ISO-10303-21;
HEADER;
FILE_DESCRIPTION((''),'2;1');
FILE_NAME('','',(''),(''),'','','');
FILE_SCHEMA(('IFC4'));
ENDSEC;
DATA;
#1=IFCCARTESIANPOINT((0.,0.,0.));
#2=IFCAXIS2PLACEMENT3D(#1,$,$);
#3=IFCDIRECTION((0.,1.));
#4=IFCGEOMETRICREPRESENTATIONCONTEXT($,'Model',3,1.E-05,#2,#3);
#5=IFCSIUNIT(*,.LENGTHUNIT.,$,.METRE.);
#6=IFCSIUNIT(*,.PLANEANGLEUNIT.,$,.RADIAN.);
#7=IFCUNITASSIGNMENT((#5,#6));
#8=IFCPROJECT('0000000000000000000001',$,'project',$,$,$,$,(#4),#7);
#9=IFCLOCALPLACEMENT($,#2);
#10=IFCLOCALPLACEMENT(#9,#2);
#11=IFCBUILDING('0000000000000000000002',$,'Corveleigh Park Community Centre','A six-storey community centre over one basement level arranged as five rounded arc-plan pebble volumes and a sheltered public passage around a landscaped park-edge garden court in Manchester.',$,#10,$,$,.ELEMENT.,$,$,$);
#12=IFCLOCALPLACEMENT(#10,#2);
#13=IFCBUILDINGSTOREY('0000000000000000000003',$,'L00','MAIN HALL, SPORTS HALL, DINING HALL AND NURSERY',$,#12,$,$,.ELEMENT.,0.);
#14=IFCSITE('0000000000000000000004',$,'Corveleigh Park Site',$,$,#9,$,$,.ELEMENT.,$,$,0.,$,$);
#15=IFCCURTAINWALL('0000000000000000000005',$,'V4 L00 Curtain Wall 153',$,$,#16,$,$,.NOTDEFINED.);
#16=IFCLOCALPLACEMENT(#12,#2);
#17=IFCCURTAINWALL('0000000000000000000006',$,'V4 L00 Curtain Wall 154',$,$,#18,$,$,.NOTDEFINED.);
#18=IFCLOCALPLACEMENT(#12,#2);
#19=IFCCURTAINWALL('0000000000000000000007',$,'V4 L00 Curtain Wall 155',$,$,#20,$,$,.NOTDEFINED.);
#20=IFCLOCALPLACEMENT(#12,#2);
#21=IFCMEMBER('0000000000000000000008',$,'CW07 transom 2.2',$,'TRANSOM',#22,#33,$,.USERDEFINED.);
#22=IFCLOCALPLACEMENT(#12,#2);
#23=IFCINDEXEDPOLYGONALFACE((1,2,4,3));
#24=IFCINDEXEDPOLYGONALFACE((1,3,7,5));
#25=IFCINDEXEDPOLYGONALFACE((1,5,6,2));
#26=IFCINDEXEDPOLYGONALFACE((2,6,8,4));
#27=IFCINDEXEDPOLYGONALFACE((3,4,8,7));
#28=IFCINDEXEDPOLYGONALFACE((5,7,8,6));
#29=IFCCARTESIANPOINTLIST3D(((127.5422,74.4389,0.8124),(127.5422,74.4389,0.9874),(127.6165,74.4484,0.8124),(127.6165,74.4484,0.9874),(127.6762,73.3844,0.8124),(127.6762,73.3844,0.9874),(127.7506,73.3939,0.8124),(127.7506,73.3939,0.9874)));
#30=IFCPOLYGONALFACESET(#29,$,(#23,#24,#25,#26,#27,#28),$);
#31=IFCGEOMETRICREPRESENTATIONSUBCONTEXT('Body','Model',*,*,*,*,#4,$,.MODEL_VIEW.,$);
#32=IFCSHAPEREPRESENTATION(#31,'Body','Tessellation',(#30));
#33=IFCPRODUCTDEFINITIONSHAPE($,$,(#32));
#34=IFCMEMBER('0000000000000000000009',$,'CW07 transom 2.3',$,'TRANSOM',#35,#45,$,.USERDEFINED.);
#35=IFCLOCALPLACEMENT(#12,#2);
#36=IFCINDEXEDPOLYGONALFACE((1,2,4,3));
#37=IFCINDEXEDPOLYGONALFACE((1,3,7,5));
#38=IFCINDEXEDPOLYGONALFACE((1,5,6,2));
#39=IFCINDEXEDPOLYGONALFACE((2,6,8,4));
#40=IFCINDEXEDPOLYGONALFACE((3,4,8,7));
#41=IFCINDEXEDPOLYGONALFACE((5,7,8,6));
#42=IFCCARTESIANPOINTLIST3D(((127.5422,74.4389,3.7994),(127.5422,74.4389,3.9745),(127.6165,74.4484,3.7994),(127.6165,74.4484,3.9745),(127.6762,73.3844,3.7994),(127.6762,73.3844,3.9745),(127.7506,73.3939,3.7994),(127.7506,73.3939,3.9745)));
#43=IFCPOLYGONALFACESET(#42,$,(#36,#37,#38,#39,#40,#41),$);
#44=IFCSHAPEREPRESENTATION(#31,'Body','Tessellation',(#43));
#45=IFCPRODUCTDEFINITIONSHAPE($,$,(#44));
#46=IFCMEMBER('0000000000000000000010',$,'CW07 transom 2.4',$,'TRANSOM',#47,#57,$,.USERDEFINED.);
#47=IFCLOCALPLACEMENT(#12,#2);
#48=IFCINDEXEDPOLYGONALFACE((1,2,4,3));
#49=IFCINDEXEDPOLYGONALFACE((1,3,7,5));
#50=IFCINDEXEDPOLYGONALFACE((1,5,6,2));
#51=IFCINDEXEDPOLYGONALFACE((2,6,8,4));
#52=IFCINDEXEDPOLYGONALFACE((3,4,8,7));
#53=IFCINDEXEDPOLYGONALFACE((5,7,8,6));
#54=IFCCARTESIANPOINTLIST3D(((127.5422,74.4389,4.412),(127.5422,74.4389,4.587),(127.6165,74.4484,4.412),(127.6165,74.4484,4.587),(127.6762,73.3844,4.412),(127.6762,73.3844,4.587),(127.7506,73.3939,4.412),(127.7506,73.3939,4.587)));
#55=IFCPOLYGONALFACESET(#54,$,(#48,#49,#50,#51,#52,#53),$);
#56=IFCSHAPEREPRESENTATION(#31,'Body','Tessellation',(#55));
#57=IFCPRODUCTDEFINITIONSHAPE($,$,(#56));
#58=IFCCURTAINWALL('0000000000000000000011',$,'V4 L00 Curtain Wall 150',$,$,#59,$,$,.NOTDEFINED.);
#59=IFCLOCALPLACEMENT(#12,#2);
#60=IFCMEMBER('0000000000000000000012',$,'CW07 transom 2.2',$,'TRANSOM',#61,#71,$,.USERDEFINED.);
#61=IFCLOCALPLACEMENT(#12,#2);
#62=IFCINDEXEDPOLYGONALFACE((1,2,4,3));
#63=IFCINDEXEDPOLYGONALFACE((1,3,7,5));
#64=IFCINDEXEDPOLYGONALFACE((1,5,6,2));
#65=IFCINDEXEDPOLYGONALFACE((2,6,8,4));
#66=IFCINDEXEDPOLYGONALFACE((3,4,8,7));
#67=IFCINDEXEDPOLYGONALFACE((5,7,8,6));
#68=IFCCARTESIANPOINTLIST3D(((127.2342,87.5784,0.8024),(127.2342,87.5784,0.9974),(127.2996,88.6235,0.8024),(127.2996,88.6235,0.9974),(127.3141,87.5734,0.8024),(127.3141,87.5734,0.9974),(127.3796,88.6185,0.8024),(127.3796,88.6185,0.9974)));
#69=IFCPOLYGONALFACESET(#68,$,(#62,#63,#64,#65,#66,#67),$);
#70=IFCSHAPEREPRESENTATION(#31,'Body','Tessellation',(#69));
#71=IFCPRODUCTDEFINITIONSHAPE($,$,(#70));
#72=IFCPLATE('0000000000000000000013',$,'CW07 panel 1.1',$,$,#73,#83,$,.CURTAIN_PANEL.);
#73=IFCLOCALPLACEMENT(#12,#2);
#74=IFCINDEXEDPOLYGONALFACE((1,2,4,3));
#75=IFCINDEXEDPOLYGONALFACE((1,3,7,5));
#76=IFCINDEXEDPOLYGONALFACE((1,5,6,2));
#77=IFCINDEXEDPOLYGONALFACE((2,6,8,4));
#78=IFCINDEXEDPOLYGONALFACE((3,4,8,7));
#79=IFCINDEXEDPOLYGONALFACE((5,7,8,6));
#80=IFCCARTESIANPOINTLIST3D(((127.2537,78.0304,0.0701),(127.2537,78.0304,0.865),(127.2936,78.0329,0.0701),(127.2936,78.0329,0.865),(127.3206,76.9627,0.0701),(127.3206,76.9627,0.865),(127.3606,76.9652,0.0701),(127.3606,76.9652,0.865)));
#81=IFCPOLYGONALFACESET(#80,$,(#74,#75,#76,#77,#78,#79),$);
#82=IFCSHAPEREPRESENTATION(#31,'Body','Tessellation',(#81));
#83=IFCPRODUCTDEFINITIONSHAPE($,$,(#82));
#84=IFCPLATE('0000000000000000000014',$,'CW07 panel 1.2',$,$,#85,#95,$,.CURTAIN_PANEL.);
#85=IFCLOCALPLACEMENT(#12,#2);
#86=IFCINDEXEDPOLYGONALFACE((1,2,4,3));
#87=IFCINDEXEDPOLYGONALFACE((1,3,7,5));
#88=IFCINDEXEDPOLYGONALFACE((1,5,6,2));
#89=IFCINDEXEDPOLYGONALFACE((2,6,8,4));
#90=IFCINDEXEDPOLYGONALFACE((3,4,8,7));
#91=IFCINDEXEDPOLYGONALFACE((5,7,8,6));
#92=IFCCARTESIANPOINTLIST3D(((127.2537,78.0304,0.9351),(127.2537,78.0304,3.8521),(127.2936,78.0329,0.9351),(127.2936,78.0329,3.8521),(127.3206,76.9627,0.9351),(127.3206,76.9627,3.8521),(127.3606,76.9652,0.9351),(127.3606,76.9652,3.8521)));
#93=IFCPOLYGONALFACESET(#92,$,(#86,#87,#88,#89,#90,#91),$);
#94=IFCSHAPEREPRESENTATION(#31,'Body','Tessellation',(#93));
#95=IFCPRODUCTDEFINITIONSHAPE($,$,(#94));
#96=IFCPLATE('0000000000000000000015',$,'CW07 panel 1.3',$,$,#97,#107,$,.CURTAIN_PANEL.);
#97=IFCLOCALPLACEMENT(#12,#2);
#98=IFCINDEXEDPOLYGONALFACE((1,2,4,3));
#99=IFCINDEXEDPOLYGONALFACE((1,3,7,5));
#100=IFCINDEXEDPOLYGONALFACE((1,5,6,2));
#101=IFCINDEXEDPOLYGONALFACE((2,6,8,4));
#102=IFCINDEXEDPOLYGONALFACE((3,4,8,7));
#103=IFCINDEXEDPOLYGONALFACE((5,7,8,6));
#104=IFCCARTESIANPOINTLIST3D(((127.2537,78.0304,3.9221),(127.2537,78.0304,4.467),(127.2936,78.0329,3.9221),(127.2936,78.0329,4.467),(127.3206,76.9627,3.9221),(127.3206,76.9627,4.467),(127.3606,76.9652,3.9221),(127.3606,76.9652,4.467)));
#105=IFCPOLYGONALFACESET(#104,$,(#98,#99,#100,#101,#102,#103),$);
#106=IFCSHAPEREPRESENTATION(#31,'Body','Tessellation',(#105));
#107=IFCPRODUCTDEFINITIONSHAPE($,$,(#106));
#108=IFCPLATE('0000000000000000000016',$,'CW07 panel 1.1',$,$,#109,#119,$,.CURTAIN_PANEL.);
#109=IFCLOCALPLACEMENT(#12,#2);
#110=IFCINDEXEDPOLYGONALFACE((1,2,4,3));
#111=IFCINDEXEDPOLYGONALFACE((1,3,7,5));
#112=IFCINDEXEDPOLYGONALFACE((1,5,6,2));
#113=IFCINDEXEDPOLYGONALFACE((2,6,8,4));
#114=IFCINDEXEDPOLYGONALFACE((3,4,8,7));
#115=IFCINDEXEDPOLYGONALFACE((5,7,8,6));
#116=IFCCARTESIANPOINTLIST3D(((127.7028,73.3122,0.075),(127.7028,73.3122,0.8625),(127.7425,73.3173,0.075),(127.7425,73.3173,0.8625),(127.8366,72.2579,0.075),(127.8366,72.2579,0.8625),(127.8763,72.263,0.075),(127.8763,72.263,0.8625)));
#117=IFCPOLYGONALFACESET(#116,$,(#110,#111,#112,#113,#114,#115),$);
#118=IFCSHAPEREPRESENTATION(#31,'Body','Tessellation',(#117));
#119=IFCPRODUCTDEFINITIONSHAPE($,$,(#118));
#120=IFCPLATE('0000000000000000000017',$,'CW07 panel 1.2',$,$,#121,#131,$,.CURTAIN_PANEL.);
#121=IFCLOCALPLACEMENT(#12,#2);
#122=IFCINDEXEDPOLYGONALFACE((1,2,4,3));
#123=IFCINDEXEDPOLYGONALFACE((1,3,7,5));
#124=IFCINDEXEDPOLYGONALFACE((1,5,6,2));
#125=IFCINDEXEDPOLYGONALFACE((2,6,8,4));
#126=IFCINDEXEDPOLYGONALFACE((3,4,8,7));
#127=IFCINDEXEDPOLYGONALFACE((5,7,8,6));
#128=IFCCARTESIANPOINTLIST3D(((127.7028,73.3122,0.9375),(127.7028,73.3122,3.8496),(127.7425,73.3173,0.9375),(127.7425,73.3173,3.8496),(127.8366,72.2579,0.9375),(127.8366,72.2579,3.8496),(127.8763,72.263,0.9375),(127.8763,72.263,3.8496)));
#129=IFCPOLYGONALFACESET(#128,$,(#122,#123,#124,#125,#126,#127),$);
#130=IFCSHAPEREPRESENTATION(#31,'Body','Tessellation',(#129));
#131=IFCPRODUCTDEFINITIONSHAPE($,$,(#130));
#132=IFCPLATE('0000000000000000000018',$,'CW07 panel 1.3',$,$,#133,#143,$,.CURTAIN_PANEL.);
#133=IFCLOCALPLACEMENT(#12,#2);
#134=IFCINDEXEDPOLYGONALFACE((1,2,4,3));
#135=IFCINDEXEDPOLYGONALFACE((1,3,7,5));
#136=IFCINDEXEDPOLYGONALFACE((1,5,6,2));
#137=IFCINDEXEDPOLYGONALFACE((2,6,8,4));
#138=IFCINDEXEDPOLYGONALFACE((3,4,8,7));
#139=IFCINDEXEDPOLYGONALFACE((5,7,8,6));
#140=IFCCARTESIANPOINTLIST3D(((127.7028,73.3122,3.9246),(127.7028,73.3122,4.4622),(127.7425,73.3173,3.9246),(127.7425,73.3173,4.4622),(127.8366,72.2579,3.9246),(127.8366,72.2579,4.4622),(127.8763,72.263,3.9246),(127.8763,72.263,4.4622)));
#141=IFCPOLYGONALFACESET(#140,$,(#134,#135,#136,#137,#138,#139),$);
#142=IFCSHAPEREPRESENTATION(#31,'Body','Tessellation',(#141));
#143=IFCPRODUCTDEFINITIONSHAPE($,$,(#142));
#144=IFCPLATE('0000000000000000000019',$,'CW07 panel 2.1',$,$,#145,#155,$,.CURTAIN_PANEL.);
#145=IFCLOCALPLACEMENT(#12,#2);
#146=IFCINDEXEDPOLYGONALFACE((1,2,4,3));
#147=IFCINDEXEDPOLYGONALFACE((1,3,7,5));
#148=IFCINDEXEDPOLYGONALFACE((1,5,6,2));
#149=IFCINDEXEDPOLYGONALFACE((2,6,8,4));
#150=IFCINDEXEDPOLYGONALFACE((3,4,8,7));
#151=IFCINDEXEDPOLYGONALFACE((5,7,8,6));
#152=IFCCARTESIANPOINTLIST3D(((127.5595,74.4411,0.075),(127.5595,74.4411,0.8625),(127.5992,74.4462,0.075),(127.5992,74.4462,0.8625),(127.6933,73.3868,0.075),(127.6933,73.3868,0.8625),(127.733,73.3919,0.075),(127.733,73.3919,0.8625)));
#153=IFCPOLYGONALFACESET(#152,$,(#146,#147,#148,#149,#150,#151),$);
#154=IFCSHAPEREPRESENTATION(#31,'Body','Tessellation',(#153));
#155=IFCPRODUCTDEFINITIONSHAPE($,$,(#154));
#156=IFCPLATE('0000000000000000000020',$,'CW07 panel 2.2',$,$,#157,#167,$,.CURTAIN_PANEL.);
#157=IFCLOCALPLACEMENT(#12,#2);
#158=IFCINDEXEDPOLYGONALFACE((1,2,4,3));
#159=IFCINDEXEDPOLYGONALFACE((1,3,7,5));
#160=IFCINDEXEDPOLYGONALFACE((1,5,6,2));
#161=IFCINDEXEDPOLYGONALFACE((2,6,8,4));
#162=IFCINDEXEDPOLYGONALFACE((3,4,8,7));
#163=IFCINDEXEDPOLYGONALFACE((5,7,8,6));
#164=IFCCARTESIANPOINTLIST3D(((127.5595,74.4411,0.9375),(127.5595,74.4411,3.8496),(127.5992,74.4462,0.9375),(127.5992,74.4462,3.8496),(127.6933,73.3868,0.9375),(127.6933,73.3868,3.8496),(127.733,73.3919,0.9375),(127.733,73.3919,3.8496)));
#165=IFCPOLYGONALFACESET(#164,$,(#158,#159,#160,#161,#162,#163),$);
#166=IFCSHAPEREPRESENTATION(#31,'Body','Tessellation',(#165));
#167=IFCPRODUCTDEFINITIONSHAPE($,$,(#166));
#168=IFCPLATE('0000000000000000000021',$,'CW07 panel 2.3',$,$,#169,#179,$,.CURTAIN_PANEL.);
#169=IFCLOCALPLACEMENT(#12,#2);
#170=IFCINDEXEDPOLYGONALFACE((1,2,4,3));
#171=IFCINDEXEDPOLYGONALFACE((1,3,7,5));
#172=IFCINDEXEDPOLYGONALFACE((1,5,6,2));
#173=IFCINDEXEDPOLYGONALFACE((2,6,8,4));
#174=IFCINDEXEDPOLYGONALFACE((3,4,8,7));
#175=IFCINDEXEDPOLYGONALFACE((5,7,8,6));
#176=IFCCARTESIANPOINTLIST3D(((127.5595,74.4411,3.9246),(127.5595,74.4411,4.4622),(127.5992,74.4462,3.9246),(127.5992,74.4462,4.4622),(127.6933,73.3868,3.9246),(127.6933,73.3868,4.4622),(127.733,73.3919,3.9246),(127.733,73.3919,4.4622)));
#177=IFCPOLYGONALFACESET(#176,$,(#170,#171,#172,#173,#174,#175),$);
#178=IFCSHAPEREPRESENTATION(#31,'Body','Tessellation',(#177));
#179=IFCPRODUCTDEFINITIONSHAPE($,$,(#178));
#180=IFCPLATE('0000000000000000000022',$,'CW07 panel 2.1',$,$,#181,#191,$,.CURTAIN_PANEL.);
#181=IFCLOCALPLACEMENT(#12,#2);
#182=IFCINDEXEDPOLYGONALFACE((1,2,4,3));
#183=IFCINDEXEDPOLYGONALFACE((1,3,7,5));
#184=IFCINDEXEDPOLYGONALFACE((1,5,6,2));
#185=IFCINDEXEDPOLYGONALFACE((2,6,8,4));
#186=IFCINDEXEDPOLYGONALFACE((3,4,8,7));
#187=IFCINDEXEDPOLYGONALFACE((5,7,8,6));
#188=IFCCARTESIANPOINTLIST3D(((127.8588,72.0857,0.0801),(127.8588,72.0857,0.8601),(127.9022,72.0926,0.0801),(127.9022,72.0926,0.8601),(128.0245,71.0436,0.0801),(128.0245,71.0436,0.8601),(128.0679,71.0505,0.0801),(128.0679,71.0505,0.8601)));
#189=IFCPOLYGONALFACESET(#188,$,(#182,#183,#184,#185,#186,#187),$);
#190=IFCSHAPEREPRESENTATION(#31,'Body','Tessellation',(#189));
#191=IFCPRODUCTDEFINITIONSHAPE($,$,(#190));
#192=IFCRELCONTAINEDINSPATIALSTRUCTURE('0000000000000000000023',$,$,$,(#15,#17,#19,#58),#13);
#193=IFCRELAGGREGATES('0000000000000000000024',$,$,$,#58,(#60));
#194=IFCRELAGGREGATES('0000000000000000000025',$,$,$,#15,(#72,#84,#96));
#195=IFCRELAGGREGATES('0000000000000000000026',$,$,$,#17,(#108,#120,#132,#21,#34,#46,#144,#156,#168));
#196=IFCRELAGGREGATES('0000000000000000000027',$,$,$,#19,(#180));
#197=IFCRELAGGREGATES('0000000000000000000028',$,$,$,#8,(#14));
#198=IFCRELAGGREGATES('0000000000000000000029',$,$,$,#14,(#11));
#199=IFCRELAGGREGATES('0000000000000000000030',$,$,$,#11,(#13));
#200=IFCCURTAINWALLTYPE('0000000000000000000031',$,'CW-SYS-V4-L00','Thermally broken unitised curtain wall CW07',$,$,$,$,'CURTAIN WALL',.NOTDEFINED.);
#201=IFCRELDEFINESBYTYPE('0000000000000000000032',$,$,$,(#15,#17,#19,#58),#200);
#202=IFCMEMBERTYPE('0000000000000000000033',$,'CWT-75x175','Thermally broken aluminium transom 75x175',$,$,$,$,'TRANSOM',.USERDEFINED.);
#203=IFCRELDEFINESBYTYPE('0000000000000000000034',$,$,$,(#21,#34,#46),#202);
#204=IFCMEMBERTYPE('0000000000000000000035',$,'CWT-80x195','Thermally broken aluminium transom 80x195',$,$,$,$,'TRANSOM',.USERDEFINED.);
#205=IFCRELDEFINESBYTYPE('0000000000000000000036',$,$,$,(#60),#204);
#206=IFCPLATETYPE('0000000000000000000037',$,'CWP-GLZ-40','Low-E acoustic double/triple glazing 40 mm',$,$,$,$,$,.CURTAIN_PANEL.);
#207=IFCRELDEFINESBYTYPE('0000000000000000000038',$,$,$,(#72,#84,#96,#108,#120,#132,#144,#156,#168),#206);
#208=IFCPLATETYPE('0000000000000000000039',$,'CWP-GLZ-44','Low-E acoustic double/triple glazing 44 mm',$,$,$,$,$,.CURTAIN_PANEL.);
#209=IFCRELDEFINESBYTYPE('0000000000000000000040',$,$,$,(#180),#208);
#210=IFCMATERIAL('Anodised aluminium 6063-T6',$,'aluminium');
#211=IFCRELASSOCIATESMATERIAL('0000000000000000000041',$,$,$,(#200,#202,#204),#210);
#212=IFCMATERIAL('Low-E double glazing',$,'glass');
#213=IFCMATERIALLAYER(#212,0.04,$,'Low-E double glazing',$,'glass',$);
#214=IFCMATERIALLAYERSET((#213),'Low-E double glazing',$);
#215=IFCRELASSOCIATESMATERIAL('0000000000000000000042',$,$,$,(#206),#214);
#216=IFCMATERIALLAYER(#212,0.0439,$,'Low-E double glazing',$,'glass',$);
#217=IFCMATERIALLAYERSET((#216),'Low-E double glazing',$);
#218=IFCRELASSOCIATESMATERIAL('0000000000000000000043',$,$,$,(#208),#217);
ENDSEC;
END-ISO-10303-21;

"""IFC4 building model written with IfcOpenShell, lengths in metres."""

from ifc_helpers import new_model, si_unit, direction, frame, origin, origin_2d, place, context, subcontext, project, spatial, rectangle, extrude, material, layer, layer_set, material_profile, profile_set, type_object, element, aggregate, save


model = new_model("IFC4")

# Units and contexts
model_context = context("Model", 3, precision=1e-05, world=origin(), true_north=direction((0.0, 1.0)))
body_context = subcontext(model_context, "Body", "Model", "MODEL_VIEW")
ifc_project = project(units=[si_unit("LENGTHUNIT", "METRE"), si_unit("PLANEANGLEUNIT", "RADIAN")], contexts=[model_context])

# Site, building, storey
site_placement = place(None, origin())
site = spatial("IfcSite", under=ifc_project, at=site_placement, Name="Corveleigh Park Site", CompositionType="ELEMENT", RefElevation=0.0)
building_placement = place(site_placement, origin())
building = spatial("IfcBuilding", under=site, at=building_placement, Name="Corveleigh Park Community Centre", Description="A six-storey community centre over one basement level arranged as five rounded arc-plan pebble volumes and a sheltered public passage around a landscaped park-edge garden court in Manchester.", CompositionType="ELEMENT")
storey_placement = place(building_placement, origin())
storey = spatial("IfcBuildingStorey", under=building, at=storey_placement, Name="L00", Description="MAIN HALL, SPORTS HALL, DINING HALL AND NURSERY", CompositionType="ELEMENT", Elevation=0.0)

# Curtain wall
ifc_material_1 = material(Name="Anodised aluminium 6063-T6", Category="aluminium")
curtain_wall_type = type_object("IfcCurtainWallType", Name="CW-SYS-V4-L00", Description="Thermally broken unitised curtain wall CW07", ElementType="CURTAIN WALL", PredefinedType="NOTDEFINED", material=ifc_material_1)
curtain_wall_1_placement = place(storey_placement, origin())
curtain_wall_1 = element("IfcCurtainWall", 1, at=curtain_wall_1_placement, inside=storey, type_object=curtain_wall_type, Name="V4 L00 Curtain Wall 153", PredefinedType="NOTDEFINED")

# Curtain wall
curtain_wall_2_placement = place(storey_placement, origin())
curtain_wall_2 = element("IfcCurtainWall", 2, at=curtain_wall_2_placement, inside=storey, type_object=curtain_wall_type, Name="V4 L00 Curtain Wall 154", PredefinedType="NOTDEFINED")

# Curtain wall
curtain_wall_3_placement = place(storey_placement, origin())
curtain_wall_3 = element("IfcCurtainWall", 3, at=curtain_wall_3_placement, inside=storey, type_object=curtain_wall_type, Name="V4 L00 Curtain Wall 155", PredefinedType="NOTDEFINED")

# Members
ifc_material_profile_1 = material_profile(ifc_material_1, rectangle(XDim=0.075, YDim=0.175, at=origin_2d()), Name="ALU-T75x175", Category="aluminium")
ifc_profile_set_1 = profile_set([ifc_material_profile_1], Name="Anodised aluminium 6063-T6")
member_type_1 = type_object("IfcMemberType", Name="CWT-75x175", Description="Thermally broken aluminium transom 75x175", ElementType="TRANSOM", PredefinedType="USERDEFINED", material=ifc_profile_set_1)
member_1_placement = place(storey_placement, frame((127.7134, 73.3892, 0.8999), z_axis=(-0.126098, 0.992018, 0.0), x_axis=(-0.992018, -0.126098, 0.0)))
member_1 = element("IfcMember", 4, at=member_1_placement, type_object=member_type_1, Name="CW07 transom 2.2", ObjectType="TRANSOM", PredefinedType="USERDEFINED", context=body_context, shape_type="SweptSolid", body=[
    extrude(rectangle(XDim=0.075, YDim=0.175, at=origin_2d()), origin(), (0.0, 0.0, 1.0), 1.063),
])
member_2_placement = place(storey_placement, frame((127.7134, 73.3892, 3.887), z_axis=(-0.126098, 0.992018, 0.0), x_axis=(-0.992018, -0.126098, 0.0)))
member_2 = element("IfcMember", 5, at=member_2_placement, type_object=member_type_1, Name="CW07 transom 2.3", ObjectType="TRANSOM", PredefinedType="USERDEFINED", context=body_context, shape_type="SweptSolid", body=[
    extrude(rectangle(XDim=0.075, YDim=0.175, at=origin_2d()), origin(), (0.0, 0.0, 1.0), 1.063),
])
member_3_placement = place(storey_placement, frame((127.7134, 73.3892, 4.4995), z_axis=(-0.126098, 0.992018, 0.0), x_axis=(-0.992018, -0.126098, 0.0)))
member_3 = element("IfcMember", 6, at=member_3_placement, type_object=member_type_1, Name="CW07 transom 2.4", ObjectType="TRANSOM", PredefinedType="USERDEFINED", context=body_context, shape_type="SweptSolid", body=[
    extrude(rectangle(XDim=0.075, YDim=0.175, at=origin_2d()), origin(), (0.0, 0.0, 1.0), 1.063),
])

# Curtain wall, member
curtain_wall_4_placement = place(storey_placement, origin())
curtain_wall_4 = element("IfcCurtainWall", 7, at=curtain_wall_4_placement, inside=storey, type_object=curtain_wall_type, Name="V4 L00 Curtain Wall 150", PredefinedType="NOTDEFINED")
ifc_material_profile_2 = material_profile(ifc_material_1, rectangle(XDim=0.0801, YDim=0.1951, at=origin_2d()), Name="ALU-T80x195", Category="aluminium")
ifc_profile_set_2 = profile_set([ifc_material_profile_2], Name="Anodised aluminium 6063-T6")
member_type_2 = type_object("IfcMemberType", Name="CWT-80x195", Description="Thermally broken aluminium transom 80x195", ElementType="TRANSOM", PredefinedType="USERDEFINED", material=ifc_profile_set_2)
member_4_placement = place(storey_placement, frame((127.2742, 87.5759, 0.8999), z_axis=(0.06248, 0.998046, 0.0), x_axis=(-0.998046, 0.06248, 0.0)))
member_4 = element("IfcMember", 8, at=member_4_placement, type_object=member_type_2, Name="CW07 transom 2.2", ObjectType="TRANSOM", PredefinedType="USERDEFINED", context=body_context, shape_type="SweptSolid", body=[
    extrude(rectangle(XDim=0.0801, YDim=0.1951, at=origin_2d()), origin(), (0.0, 0.0, 1.0), 1.0471),
])
aggregate(curtain_wall_4, [member_4])

# Plates
ifc_material_2 = material(Name="Low-E double glazing", Category="glass")
ifc_layer_1 = layer(ifc_material_2, 0.04, Name="Low-E double glazing", Category="glass")
ifc_layer_set_1 = layer_set([ifc_layer_1], Name="Low-E double glazing")
plate_type_1 = type_object("IfcPlateType", Name="CWP-GLZ-40", Description="Low-E acoustic double/triple glazing 40 mm", PredefinedType="CURTAIN_PANEL", material=ifc_layer_set_1)
plate_1_placement = place(storey_placement, frame((127.3071, 77.4978, 0.0701), z_axis=(0.0, 0.0, 1.0), x_axis=(-0.062564, 0.998041, 0.0)))
plate_1 = element("IfcPlate", 9, at=plate_1_placement, type_object=plate_type_1, Name="CW07 panel 1.1", PredefinedType="CURTAIN_PANEL", context=body_context, shape_type="SweptSolid", body=[
    extrude(rectangle(XDim=1.0698, YDim=0.04, at=origin_2d()), origin(), (0.0, 0.0, 1.0), 0.7949),
])
plate_2_placement = place(storey_placement, frame((127.3071, 77.4978, 0.9351), z_axis=(0.0, 0.0, 1.0), x_axis=(-0.062564, 0.998041, 0.0)))
plate_2 = element("IfcPlate", 10, at=plate_2_placement, type_object=plate_type_1, Name="CW07 panel 1.2", PredefinedType="CURTAIN_PANEL", context=body_context, shape_type="SweptSolid", body=[
    extrude(rectangle(XDim=1.0698, YDim=0.04, at=origin_2d()), origin(), (0.0, 0.0, 1.0), 2.917),
])
plate_3_placement = place(storey_placement, frame((127.3071, 77.4978, 3.9221), z_axis=(0.0, 0.0, 1.0), x_axis=(-0.062564, 0.998041, 0.0)))
plate_3 = element("IfcPlate", 11, at=plate_3_placement, type_object=plate_type_1, Name="CW07 panel 1.3", PredefinedType="CURTAIN_PANEL", context=body_context, shape_type="SweptSolid", body=[
    extrude(rectangle(XDim=1.0698, YDim=0.04, at=origin_2d()), origin(), (0.0, 0.0, 1.0), 0.5449),
])
aggregate(curtain_wall_1, [plate_1, plate_2, plate_3])
plate_4_placement = place(storey_placement, frame((127.7896, 72.7876, 0.075), z_axis=(0.0, 0.0, 1.0), x_axis=(-0.125919, 0.99204, 0.0)))
plate_4 = element("IfcPlate", 12, at=plate_4_placement, type_object=plate_type_1, Name="CW07 panel 1.1", PredefinedType="CURTAIN_PANEL", context=body_context, shape_type="SweptSolid", body=[
    extrude(rectangle(XDim=1.0627, YDim=0.04, at=origin_2d()), origin(), (0.0, 0.0, 1.0), 0.7876),
])
plate_5_placement = place(storey_placement, frame((127.7896, 72.7876, 0.9375), z_axis=(0.0, 0.0, 1.0), x_axis=(-0.125919, 0.99204, 0.0)))
plate_5 = element("IfcPlate", 13, at=plate_5_placement, type_object=plate_type_1, Name="CW07 panel 1.2", PredefinedType="CURTAIN_PANEL", context=body_context, shape_type="SweptSolid", body=[
    extrude(rectangle(XDim=1.0627, YDim=0.04, at=origin_2d()), origin(), (0.0, 0.0, 1.0), 2.9121),
])
plate_6_placement = place(storey_placement, frame((127.7896, 72.7876, 3.9246), z_axis=(0.0, 0.0, 1.0), x_axis=(-0.125919, 0.99204, 0.0)))
plate_6 = element("IfcPlate", 14, at=plate_6_placement, type_object=plate_type_1, Name="CW07 panel 1.3", PredefinedType="CURTAIN_PANEL", context=body_context, shape_type="SweptSolid", body=[
    extrude(rectangle(XDim=1.0627, YDim=0.04, at=origin_2d()), origin(), (0.0, 0.0, 1.0), 0.5376),
])
plate_7_placement = place(storey_placement, frame((127.6462, 73.9165, 0.075), z_axis=(0.0, 0.0, 1.0), x_axis=(-0.125919, 0.99204, 0.0)))
plate_7 = element("IfcPlate", 15, at=plate_7_placement, type_object=plate_type_1, Name="CW07 panel 2.1", PredefinedType="CURTAIN_PANEL", context=body_context, shape_type="SweptSolid", body=[
    extrude(rectangle(XDim=1.0627, YDim=0.04, at=origin_2d()), origin(), (0.0, 0.0, 1.0), 0.7876),
])
plate_8_placement = place(storey_placement, frame((127.6462, 73.9165, 0.9375), z_axis=(0.0, 0.0, 1.0), x_axis=(-0.125919, 0.99204, 0.0)))
plate_8 = element("IfcPlate", 16, at=plate_8_placement, type_object=plate_type_1, Name="CW07 panel 2.2", PredefinedType="CURTAIN_PANEL", context=body_context, shape_type="SweptSolid", body=[
    extrude(rectangle(XDim=1.0627, YDim=0.04, at=origin_2d()), origin(), (0.0, 0.0, 1.0), 2.9121),
])
plate_9_placement = place(storey_placement, frame((127.6462, 73.9165, 3.9246), z_axis=(0.0, 0.0, 1.0), x_axis=(-0.125919, 0.99204, 0.0)))
plate_9 = element("IfcPlate", 17, at=plate_9_placement, type_object=plate_type_1, Name="CW07 panel 2.3", PredefinedType="CURTAIN_PANEL", context=body_context, shape_type="SweptSolid", body=[
    extrude(rectangle(XDim=1.0627, YDim=0.04, at=origin_2d()), origin(), (0.0, 0.0, 1.0), 0.5376),
])
aggregate(curtain_wall_2, [plate_4, plate_5, plate_6, member_1, member_2, member_3, plate_7, plate_8, plate_9])
ifc_layer_2 = layer(ifc_material_2, 0.0439, Name="Low-E double glazing", Category="glass")
ifc_layer_set_2 = layer_set([ifc_layer_2], Name="Low-E double glazing")
plate_type_2 = type_object("IfcPlateType", Name="CWP-GLZ-44", Description="Low-E acoustic double/triple glazing 44 mm", PredefinedType="CURTAIN_PANEL", material=ifc_layer_set_2)
plate_10_placement = place(storey_placement, frame((127.9634, 71.5681, 0.0801), z_axis=(0.0, 0.0, 1.0), x_axis=(-0.157011, 0.987597, 0.0)))
plate_10 = element("IfcPlate", 18, at=plate_10_placement, type_object=plate_type_2, Name="CW07 panel 2.1", PredefinedType="CURTAIN_PANEL", context=body_context, shape_type="SweptSolid", body=[
    extrude(rectangle(XDim=1.0552, YDim=0.0439, at=origin_2d()), origin(), (0.0, 0.0, 1.0), 0.78),
])
aggregate(curtain_wall_3, [plate_10])

save(model, "model.ifc")
